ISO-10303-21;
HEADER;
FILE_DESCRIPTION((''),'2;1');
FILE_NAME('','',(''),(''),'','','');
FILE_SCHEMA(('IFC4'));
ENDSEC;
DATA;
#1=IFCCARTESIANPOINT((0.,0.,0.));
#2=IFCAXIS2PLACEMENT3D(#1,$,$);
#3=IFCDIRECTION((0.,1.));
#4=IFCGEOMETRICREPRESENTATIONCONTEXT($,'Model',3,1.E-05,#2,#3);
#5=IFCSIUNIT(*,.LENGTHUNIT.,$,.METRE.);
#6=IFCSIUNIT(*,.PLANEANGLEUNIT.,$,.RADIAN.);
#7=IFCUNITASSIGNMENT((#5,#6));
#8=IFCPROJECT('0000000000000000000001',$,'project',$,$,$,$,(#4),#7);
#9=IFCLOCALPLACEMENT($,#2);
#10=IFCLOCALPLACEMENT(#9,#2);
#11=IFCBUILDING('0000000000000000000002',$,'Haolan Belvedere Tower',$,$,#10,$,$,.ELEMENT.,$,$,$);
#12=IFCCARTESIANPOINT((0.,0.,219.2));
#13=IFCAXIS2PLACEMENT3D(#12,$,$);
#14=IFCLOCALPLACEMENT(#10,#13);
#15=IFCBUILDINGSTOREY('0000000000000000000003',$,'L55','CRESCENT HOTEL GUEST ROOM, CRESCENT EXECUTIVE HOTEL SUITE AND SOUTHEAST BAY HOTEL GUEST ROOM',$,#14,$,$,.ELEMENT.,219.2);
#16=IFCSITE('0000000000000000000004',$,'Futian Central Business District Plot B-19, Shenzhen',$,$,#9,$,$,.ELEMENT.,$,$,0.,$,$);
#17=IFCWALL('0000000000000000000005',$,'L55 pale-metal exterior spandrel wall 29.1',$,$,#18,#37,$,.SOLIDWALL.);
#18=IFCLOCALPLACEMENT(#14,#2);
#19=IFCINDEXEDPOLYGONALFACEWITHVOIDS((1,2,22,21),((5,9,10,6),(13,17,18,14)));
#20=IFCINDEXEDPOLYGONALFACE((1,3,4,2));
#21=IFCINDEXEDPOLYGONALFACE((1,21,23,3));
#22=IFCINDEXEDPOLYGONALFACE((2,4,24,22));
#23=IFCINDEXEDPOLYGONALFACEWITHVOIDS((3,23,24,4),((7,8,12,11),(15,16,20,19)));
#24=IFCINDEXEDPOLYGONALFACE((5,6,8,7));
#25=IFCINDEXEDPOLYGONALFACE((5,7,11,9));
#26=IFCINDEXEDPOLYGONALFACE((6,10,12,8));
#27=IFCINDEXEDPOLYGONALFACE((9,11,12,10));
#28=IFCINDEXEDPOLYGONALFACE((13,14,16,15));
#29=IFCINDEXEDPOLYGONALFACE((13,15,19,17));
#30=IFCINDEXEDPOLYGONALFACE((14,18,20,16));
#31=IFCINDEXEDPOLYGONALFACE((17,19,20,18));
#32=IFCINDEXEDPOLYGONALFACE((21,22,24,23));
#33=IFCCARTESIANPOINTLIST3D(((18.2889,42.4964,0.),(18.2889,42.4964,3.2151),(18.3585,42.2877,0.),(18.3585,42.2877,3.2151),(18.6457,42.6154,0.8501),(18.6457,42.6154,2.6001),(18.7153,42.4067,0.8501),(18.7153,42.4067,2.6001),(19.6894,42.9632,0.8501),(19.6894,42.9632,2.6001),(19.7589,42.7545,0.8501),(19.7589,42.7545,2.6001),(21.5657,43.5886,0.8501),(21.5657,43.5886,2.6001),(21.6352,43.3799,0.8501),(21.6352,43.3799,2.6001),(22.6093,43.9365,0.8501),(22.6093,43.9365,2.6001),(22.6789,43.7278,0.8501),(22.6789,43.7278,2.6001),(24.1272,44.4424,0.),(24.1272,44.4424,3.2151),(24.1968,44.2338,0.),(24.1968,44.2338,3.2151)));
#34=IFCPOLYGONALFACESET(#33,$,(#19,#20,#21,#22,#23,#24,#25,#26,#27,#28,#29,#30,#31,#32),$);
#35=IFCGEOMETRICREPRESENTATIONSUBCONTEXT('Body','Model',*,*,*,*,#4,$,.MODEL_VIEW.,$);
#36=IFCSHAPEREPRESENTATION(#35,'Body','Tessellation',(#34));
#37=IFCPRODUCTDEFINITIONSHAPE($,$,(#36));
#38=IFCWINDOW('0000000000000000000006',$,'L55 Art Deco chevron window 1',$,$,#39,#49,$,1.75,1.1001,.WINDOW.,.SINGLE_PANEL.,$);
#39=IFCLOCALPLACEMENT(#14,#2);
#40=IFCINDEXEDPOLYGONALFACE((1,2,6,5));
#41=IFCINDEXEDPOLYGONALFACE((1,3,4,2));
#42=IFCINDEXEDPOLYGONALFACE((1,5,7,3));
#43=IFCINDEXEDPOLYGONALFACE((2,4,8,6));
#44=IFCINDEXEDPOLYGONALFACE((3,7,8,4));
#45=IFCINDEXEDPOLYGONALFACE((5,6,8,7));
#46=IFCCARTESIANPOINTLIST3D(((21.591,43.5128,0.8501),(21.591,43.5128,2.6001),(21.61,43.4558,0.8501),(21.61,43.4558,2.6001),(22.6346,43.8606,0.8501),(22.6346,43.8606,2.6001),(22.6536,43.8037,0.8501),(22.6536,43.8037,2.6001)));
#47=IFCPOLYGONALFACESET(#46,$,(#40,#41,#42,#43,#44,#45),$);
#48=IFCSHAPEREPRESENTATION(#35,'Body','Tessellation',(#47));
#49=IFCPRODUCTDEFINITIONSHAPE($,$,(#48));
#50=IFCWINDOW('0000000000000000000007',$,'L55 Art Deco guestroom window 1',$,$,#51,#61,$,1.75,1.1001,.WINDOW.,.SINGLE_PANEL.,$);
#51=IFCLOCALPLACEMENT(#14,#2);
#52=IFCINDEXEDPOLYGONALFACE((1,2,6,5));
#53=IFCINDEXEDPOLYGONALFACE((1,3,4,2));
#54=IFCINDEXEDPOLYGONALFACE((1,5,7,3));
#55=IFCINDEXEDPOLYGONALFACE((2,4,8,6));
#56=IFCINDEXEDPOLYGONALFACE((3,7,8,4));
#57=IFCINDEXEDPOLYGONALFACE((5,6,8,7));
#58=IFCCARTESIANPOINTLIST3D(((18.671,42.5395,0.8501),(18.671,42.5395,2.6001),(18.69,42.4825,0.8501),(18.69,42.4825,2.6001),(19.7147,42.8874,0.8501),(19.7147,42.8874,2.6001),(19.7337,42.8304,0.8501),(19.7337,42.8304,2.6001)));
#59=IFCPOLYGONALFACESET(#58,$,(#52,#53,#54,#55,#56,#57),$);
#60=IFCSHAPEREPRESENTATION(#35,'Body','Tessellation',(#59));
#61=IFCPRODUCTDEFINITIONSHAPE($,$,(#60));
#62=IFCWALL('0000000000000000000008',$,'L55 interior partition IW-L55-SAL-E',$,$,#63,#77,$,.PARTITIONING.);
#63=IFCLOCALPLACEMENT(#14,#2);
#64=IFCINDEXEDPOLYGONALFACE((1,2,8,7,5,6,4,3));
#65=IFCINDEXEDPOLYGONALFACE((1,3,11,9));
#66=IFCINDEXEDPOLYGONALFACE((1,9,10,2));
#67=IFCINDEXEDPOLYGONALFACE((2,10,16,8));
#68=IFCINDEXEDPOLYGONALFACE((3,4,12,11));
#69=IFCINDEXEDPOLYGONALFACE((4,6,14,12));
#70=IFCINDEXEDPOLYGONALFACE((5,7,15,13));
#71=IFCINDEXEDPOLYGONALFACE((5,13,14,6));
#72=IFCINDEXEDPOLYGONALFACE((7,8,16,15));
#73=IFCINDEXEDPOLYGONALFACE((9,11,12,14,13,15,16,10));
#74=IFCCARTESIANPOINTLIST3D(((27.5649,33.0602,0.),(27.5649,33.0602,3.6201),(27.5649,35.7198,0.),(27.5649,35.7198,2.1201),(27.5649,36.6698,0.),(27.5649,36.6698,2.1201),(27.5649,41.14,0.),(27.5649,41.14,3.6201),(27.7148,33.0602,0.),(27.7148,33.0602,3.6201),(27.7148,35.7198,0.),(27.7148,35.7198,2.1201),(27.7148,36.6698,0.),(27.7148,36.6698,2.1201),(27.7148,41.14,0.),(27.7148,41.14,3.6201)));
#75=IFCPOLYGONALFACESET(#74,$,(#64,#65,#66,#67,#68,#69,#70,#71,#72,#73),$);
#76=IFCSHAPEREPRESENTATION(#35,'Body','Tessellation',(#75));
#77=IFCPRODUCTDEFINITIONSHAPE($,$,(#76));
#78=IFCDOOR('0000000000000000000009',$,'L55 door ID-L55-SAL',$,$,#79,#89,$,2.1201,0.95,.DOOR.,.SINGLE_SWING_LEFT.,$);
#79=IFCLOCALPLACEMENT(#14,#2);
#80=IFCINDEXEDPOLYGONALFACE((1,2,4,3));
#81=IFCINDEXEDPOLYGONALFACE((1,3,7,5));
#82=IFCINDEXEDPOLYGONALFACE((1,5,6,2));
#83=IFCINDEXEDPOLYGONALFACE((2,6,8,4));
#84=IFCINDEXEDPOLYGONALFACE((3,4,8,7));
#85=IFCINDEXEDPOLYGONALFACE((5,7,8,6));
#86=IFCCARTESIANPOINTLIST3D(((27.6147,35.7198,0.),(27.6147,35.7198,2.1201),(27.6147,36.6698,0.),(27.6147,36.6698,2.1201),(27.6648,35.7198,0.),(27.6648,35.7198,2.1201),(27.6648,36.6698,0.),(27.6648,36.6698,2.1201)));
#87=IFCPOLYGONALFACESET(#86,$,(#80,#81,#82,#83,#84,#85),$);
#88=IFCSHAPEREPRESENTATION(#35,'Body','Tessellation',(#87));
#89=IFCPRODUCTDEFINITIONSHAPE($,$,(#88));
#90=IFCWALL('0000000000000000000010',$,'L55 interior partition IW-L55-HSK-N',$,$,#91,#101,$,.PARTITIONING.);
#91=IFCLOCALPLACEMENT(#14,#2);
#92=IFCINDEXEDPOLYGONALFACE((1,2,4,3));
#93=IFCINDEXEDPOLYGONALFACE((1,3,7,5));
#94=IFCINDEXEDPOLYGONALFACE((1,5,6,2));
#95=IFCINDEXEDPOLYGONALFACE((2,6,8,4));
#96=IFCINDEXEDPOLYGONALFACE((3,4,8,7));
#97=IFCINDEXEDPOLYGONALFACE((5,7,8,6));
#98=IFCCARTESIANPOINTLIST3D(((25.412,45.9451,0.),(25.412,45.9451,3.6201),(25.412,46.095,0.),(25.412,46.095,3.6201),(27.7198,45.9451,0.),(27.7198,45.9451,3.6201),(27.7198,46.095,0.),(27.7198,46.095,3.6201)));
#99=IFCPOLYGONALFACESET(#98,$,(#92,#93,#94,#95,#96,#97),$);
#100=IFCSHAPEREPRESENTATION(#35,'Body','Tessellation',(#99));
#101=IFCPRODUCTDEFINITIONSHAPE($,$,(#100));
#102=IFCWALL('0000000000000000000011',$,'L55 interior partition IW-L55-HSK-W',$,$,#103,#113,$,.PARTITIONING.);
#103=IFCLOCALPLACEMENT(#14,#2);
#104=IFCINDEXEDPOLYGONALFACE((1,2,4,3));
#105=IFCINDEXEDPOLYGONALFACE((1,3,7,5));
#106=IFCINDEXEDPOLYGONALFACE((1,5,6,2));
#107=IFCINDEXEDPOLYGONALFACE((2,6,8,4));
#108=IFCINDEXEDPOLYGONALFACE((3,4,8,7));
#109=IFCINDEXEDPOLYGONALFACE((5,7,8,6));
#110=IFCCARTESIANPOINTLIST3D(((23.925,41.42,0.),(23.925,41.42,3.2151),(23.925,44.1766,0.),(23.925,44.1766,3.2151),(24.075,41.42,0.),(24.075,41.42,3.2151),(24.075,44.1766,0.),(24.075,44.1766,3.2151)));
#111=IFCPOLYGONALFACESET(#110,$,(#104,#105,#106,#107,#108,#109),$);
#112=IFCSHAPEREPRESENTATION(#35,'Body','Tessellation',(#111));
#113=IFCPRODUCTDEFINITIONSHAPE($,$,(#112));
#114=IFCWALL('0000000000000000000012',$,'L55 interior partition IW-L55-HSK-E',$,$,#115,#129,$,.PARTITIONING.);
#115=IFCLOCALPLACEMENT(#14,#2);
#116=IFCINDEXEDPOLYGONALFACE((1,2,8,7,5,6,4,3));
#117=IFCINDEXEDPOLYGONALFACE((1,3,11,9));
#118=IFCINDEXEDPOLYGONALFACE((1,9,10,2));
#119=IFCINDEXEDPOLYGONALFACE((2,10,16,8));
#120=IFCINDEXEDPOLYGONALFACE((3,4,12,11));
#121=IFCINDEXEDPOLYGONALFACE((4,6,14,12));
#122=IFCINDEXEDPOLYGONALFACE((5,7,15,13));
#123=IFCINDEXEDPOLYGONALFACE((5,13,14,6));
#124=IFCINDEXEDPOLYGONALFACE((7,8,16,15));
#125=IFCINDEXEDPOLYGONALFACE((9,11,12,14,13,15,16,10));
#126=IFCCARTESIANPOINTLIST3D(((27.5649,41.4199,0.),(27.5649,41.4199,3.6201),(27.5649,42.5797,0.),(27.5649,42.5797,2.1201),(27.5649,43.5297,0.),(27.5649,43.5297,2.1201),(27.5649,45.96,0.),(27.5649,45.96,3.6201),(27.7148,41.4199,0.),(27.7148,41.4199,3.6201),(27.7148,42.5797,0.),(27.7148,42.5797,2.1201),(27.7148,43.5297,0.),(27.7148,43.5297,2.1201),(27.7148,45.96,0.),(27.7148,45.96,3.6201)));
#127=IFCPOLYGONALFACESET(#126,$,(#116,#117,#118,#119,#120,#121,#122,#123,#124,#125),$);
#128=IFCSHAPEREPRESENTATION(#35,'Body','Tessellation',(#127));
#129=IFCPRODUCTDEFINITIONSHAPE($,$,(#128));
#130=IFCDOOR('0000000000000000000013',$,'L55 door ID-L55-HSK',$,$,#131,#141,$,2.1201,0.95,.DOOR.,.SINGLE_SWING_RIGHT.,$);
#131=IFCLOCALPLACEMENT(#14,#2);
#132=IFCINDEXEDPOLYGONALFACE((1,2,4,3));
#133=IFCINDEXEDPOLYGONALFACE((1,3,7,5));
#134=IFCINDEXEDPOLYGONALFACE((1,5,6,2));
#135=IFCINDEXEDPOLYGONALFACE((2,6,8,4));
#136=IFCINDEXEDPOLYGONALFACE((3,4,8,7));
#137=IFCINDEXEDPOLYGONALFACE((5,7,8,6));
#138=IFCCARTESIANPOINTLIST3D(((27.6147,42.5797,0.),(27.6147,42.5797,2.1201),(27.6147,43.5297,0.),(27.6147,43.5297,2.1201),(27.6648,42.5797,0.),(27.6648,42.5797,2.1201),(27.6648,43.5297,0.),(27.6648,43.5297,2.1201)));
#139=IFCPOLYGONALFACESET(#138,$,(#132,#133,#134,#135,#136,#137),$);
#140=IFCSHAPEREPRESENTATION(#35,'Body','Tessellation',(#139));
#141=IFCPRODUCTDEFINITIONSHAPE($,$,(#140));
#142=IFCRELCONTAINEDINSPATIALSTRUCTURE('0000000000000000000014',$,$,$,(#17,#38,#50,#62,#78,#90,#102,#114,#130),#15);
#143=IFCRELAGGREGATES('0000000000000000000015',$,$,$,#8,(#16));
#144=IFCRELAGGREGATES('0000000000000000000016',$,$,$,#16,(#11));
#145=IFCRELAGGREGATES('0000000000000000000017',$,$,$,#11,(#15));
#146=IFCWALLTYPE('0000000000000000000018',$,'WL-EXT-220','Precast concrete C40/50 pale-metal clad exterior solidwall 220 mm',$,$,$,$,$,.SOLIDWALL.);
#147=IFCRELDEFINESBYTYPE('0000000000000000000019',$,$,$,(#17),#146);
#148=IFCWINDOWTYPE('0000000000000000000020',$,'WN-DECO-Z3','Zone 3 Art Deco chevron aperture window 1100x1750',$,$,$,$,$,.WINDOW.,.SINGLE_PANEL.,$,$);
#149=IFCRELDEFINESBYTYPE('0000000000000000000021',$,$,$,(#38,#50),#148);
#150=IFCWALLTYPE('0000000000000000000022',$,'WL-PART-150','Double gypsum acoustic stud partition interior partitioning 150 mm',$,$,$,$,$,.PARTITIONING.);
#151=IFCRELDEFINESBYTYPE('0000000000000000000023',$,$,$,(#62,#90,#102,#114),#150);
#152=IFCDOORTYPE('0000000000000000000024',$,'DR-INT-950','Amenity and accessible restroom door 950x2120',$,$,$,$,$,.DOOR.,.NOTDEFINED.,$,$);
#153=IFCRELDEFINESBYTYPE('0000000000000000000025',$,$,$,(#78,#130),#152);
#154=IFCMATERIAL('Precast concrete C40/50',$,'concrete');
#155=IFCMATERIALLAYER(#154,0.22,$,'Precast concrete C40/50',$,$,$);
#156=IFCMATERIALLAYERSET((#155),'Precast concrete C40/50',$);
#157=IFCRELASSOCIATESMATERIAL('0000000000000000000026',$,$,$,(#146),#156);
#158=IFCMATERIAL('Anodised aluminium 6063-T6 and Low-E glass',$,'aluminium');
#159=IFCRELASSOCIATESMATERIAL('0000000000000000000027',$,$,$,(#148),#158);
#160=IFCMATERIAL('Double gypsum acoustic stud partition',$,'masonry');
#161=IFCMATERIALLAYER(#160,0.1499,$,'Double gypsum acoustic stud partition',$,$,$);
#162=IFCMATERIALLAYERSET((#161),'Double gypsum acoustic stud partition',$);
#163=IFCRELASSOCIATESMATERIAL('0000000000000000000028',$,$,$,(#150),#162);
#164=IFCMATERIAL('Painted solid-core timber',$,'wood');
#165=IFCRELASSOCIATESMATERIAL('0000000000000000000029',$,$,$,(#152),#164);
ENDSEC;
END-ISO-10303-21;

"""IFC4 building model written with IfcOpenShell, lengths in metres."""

from ifc_helpers import new_model, si_unit, direction, frame, frame_2d, origin, place, context, subcontext, project, spatial, rectangle, extrude, material, layer, layer_set, type_object, element, fill, save


model = new_model("IFC4")

# Units and contexts
model_context = context("Model", 3, precision=1e-05, world=origin(), true_north=direction((0.0, 1.0)))
body_context = subcontext(model_context, "Body", "Model", "MODEL_VIEW")
ifc_project = project(units=[si_unit("LENGTHUNIT", "METRE"), si_unit("PLANEANGLEUNIT", "RADIAN")], contexts=[model_context])

# Site, building, storey
site_placement = place(None, origin())
site = spatial("IfcSite", under=ifc_project, at=site_placement, Name="Futian Central Business District Plot B-19, Shenzhen", CompositionType="ELEMENT", RefElevation=0.0)
building_placement = place(site_placement, origin())
building = spatial("IfcBuilding", under=site, at=building_placement, Name="Haolan Belvedere Tower", CompositionType="ELEMENT")
storey_placement = place(building_placement, frame((0.0, 0.0, 219.2)))
storey = spatial("IfcBuildingStorey", under=building, at=storey_placement, Name="L55", Description="CRESCENT HOTEL GUEST ROOM, CRESCENT EXECUTIVE HOTEL SUITE AND SOUTHEAST BAY HOTEL GUEST ROOM", CompositionType="ELEMENT", Elevation=219.2)

# Shared definitions
ifc_material_1 = material(Name="Precast concrete C40/50", Category="concrete")
ifc_layer_1 = layer(ifc_material_1, 0.22, Name="Precast concrete C40/50")
ifc_layer_set_1 = layer_set([ifc_layer_1], Name="Precast concrete C40/50")
wall_type_1 = type_object("IfcWallType", Name="WL-EXT-220", Description="Precast concrete C40/50 pale-metal clad exterior solidwall 220 mm", PredefinedType="SOLIDWALL", material=ifc_layer_set_1)

# Wall, openings, windows
wall_1_placement = place(storey_placement, frame((24.1621, 44.3381, 0.0), z_axis=(0.0, 0.0, 1.0), x_axis=(-0.948687, -0.316216, 0.0)))
wall_1 = element("IfcWall", 1, at=wall_1_placement, inside=storey, type_object=wall_type_1, Name="L55 pale-metal exterior spandrel wall 29.1", PredefinedType="SOLIDWALL", context=body_context, shape_type="SweptSolid", body=[
    extrude(rectangle(XDim=6.1541, YDim=0.22, at=frame_2d((3.0771, 0.0))), origin(), (0.0, 0.0, 1.0), 3.2151),
])
opening_1_placement = place(wall_1_placement, frame((1.6001, 0.0, 0.8501)))
opening_1 = element("IfcOpeningElement", 2, at=opening_1_placement, cuts=wall_1, PredefinedType="OPENING", context=body_context, shape_type="SweptSolid", body=[
    extrude(rectangle(XDim=1.1001, YDim=1.75, at=frame_2d((0.55, 0.875))), frame((0.0, 0.1199, 0.0), z_axis=(0.0, -1.0, 0.0), x_axis=(1.0, 0.0, 0.0)), (0.0, 0.0, 1.0), 0.24),
])
opening_2_placement = place(wall_1_placement, frame((4.678, 0.0, 0.8501)))
opening_2 = element("IfcOpeningElement", 3, at=opening_2_placement, cuts=wall_1, PredefinedType="OPENING", context=body_context, shape_type="SweptSolid", body=[
    extrude(rectangle(XDim=1.1001, YDim=1.75, at=frame_2d((0.55, 0.875))), frame((0.0, 0.1199, 0.0), z_axis=(0.0, -1.0, 0.0), x_axis=(1.0, 0.0, 0.0)), (0.0, 0.0, 1.0), 0.24),
])
ifc_material_2 = material(Name="Anodised aluminium 6063-T6 and Low-E glass", Category="aluminium")
window_type = type_object("IfcWindowType", Name="WN-DECO-Z3", Description="Zone 3 Art Deco chevron aperture window 1100x1750", PartitioningType="SINGLE_PANEL", PredefinedType="WINDOW", material=ifc_material_2)
window_1_placement = place(opening_1_placement, origin())
window_1 = element("IfcWindow", 4, at=window_1_placement, inside=storey, type_object=window_type, Name="L55 Art Deco chevron window 1", OverallHeight=1.75, OverallWidth=1.1001, PartitioningType="SINGLE_PANEL", PredefinedType="WINDOW", context=body_context, shape_type="SweptSolid", body=[
    extrude(rectangle(XDim=1.1001, YDim=1.75, at=frame_2d((0.55, 0.875))), frame((0.0, 0.03, 0.0), z_axis=(0.0, -1.0, 0.0), x_axis=(1.0, 0.0, 0.0)), (0.0, 0.0, 1.0), 0.0601),
])
fill(opening_1, window_1)
window_2_placement = place(opening_2_placement, origin())
window_2 = element("IfcWindow", 5, at=window_2_placement, inside=storey, type_object=window_type, Name="L55 Art Deco guestroom window 1", OverallHeight=1.75, OverallWidth=1.1001, PartitioningType="SINGLE_PANEL", PredefinedType="WINDOW", context=body_context, shape_type="SweptSolid", body=[
    extrude(rectangle(XDim=1.1001, YDim=1.75, at=frame_2d((0.55, 0.875))), frame((0.0, 0.03, 0.0), z_axis=(0.0, -1.0, 0.0), x_axis=(1.0, 0.0, 0.0)), (0.0, 0.0, 1.0), 0.0601),
])
fill(opening_2, window_2)

# Wall, opening, door
ifc_material_3 = material(Name="Double gypsum acoustic stud partition", Category="masonry")
ifc_layer_2 = layer(ifc_material_3, 0.1499, Name="Double gypsum acoustic stud partition")
ifc_layer_set_2 = layer_set([ifc_layer_2], Name="Double gypsum acoustic stud partition")
wall_type_2 = type_object("IfcWallType", Name="WL-PART-150", Description="Double gypsum acoustic stud partition interior partitioning 150 mm", PredefinedType="PARTITIONING", material=ifc_layer_set_2)
wall_2_placement = place(storey_placement, frame((27.6399, 33.0601, 0.0), z_axis=(0.0, 0.0, 1.0), x_axis=(0.0, 1.0, 0.0)))
wall_2 = element("IfcWall", 6, at=wall_2_placement, inside=storey, type_object=wall_type_2, Name="L55 interior partition IW-L55-SAL-E", PredefinedType="PARTITIONING", context=body_context, shape_type="SweptSolid", body=[
    extrude(rectangle(XDim=8.0798, YDim=0.1499, at=frame_2d((4.04, 0.0))), origin(), (0.0, 0.0, 1.0), 3.6201),
])
opening_3_placement = place(wall_2_placement, frame((3.6099, 0.0, 0.0), z_axis=(0.0, 0.0, 1.0), x_axis=(-1.0, 0.0, 0.0)))
opening_3 = element("IfcOpeningElement", 7, at=opening_3_placement, cuts=wall_2, PredefinedType="OPENING", context=body_context, shape_type="SweptSolid", body=[
    extrude(rectangle(XDim=0.95, YDim=2.1201, at=frame_2d((0.4751, 1.0601))), frame((0.0, 0.085, 0.0), z_axis=(0.0, -1.0, 0.0), x_axis=(1.0, 0.0, 0.0)), (0.0, 0.0, 1.0), 0.1699),
])
ifc_material_4 = material(Name="Painted solid-core timber", Category="wood")
door_type_1 = type_object("IfcDoorType", Name="DR-INT-950", Description="Amenity and accessible restroom door 950x2120", OperationType="NOTDEFINED", PredefinedType="DOOR", material=ifc_material_4)
door_1_placement = place(opening_3_placement, origin())
door_1 = element("IfcDoor", 8, at=door_1_placement, inside=storey, type_object=door_type_1, Name="L55 door ID-L55-SAL", OperationType="SINGLE_SWING_LEFT", OverallHeight=2.1201, OverallWidth=0.95, PredefinedType="DOOR", context=body_context, shape_type="SweptSolid", body=[
    extrude(rectangle(XDim=0.95, YDim=2.1201, at=frame_2d((0.4751, 1.0601))), frame((0.0, 0.0249, 0.0), z_axis=(0.0, -1.0, 0.0), x_axis=(1.0, 0.0, 0.0)), (0.0, 0.0, 1.0), 0.05),
])
fill(opening_3, door_1)

# Walls
wall_3_placement = place(storey_placement, frame((25.4121, 46.02, 0.0), z_axis=(0.0, 0.0, 1.0), x_axis=(1.0, 0.0, 0.0)))
element("IfcWall", 9, at=wall_3_placement, inside=storey, type_object=wall_type_2, Name="L55 interior partition IW-L55-HSK-N", PredefinedType="PARTITIONING", context=body_context, shape_type="SweptSolid", body=[
    extrude(rectangle(XDim=2.3079, YDim=0.1499, at=frame_2d((1.1538, 0.0))), origin(), (0.0, 0.0, 1.0), 3.6201),
])
wall_4_placement = place(storey_placement, frame((24.0, 41.4199, 0.0), z_axis=(0.0, 0.0, 1.0), x_axis=(0.0, 1.0, 0.0)))
element("IfcWall", 10, at=wall_4_placement, inside=storey, type_object=wall_type_2, Name="L55 interior partition IW-L55-HSK-W", PredefinedType="PARTITIONING", context=body_context, shape_type="SweptSolid", body=[
    extrude(rectangle(XDim=2.7566, YDim=0.1499, at=frame_2d((1.3784, 0.0))), origin(), (0.0, 0.0, 1.0), 3.2151),
])

# Wall, opening, door
wall_5_placement = place(storey_placement, frame((27.6399, 41.4199, 0.0), z_axis=(0.0, 0.0, 1.0), x_axis=(0.0, 1.0, 0.0)))
wall_5 = element("IfcWall", 11, at=wall_5_placement, inside=storey, type_object=wall_type_2, Name="L55 interior partition IW-L55-HSK-E", PredefinedType="PARTITIONING", context=body_context, shape_type="SweptSolid", body=[
    extrude(rectangle(XDim=4.54, YDim=0.1499, at=frame_2d((2.27, 0.0))), origin(), (0.0, 0.0, 1.0), 3.6201),
])
opening_4_placement = place(wall_5_placement, frame((2.1099, 0.0, 0.0), z_axis=(0.0, 0.0, 1.0), x_axis=(-1.0, 0.0, 0.0)))
opening_4 = element("IfcOpeningElement", 12, at=opening_4_placement, cuts=wall_5, PredefinedType="OPENING", context=body_context, shape_type="SweptSolid", body=[
    extrude(rectangle(XDim=0.95, YDim=2.1201, at=frame_2d((0.4751, 1.0601))), frame((0.0, 0.085, 0.0), z_axis=(0.0, -1.0, 0.0), x_axis=(1.0, 0.0, 0.0)), (0.0, 0.0, 1.0), 0.1699),
])
door_2_placement = place(opening_4_placement, origin())
door_2 = element("IfcDoor", 13, at=door_2_placement, inside=storey, type_object=door_type_1, Name="L55 door ID-L55-HSK", OperationType="SINGLE_SWING_RIGHT", OverallHeight=2.1201, OverallWidth=0.95, PredefinedType="DOOR", context=body_context, shape_type="SweptSolid", body=[
    extrude(rectangle(XDim=0.95, YDim=2.1201, at=frame_2d((0.4751, 1.0601))), frame((0.0, 0.0249, 0.0), z_axis=(0.0, -1.0, 0.0), x_axis=(1.0, 0.0, 0.0)), (0.0, 0.0, 1.0), 0.05),
])
fill(opening_4, door_2)

save(model, "model.ifc")
